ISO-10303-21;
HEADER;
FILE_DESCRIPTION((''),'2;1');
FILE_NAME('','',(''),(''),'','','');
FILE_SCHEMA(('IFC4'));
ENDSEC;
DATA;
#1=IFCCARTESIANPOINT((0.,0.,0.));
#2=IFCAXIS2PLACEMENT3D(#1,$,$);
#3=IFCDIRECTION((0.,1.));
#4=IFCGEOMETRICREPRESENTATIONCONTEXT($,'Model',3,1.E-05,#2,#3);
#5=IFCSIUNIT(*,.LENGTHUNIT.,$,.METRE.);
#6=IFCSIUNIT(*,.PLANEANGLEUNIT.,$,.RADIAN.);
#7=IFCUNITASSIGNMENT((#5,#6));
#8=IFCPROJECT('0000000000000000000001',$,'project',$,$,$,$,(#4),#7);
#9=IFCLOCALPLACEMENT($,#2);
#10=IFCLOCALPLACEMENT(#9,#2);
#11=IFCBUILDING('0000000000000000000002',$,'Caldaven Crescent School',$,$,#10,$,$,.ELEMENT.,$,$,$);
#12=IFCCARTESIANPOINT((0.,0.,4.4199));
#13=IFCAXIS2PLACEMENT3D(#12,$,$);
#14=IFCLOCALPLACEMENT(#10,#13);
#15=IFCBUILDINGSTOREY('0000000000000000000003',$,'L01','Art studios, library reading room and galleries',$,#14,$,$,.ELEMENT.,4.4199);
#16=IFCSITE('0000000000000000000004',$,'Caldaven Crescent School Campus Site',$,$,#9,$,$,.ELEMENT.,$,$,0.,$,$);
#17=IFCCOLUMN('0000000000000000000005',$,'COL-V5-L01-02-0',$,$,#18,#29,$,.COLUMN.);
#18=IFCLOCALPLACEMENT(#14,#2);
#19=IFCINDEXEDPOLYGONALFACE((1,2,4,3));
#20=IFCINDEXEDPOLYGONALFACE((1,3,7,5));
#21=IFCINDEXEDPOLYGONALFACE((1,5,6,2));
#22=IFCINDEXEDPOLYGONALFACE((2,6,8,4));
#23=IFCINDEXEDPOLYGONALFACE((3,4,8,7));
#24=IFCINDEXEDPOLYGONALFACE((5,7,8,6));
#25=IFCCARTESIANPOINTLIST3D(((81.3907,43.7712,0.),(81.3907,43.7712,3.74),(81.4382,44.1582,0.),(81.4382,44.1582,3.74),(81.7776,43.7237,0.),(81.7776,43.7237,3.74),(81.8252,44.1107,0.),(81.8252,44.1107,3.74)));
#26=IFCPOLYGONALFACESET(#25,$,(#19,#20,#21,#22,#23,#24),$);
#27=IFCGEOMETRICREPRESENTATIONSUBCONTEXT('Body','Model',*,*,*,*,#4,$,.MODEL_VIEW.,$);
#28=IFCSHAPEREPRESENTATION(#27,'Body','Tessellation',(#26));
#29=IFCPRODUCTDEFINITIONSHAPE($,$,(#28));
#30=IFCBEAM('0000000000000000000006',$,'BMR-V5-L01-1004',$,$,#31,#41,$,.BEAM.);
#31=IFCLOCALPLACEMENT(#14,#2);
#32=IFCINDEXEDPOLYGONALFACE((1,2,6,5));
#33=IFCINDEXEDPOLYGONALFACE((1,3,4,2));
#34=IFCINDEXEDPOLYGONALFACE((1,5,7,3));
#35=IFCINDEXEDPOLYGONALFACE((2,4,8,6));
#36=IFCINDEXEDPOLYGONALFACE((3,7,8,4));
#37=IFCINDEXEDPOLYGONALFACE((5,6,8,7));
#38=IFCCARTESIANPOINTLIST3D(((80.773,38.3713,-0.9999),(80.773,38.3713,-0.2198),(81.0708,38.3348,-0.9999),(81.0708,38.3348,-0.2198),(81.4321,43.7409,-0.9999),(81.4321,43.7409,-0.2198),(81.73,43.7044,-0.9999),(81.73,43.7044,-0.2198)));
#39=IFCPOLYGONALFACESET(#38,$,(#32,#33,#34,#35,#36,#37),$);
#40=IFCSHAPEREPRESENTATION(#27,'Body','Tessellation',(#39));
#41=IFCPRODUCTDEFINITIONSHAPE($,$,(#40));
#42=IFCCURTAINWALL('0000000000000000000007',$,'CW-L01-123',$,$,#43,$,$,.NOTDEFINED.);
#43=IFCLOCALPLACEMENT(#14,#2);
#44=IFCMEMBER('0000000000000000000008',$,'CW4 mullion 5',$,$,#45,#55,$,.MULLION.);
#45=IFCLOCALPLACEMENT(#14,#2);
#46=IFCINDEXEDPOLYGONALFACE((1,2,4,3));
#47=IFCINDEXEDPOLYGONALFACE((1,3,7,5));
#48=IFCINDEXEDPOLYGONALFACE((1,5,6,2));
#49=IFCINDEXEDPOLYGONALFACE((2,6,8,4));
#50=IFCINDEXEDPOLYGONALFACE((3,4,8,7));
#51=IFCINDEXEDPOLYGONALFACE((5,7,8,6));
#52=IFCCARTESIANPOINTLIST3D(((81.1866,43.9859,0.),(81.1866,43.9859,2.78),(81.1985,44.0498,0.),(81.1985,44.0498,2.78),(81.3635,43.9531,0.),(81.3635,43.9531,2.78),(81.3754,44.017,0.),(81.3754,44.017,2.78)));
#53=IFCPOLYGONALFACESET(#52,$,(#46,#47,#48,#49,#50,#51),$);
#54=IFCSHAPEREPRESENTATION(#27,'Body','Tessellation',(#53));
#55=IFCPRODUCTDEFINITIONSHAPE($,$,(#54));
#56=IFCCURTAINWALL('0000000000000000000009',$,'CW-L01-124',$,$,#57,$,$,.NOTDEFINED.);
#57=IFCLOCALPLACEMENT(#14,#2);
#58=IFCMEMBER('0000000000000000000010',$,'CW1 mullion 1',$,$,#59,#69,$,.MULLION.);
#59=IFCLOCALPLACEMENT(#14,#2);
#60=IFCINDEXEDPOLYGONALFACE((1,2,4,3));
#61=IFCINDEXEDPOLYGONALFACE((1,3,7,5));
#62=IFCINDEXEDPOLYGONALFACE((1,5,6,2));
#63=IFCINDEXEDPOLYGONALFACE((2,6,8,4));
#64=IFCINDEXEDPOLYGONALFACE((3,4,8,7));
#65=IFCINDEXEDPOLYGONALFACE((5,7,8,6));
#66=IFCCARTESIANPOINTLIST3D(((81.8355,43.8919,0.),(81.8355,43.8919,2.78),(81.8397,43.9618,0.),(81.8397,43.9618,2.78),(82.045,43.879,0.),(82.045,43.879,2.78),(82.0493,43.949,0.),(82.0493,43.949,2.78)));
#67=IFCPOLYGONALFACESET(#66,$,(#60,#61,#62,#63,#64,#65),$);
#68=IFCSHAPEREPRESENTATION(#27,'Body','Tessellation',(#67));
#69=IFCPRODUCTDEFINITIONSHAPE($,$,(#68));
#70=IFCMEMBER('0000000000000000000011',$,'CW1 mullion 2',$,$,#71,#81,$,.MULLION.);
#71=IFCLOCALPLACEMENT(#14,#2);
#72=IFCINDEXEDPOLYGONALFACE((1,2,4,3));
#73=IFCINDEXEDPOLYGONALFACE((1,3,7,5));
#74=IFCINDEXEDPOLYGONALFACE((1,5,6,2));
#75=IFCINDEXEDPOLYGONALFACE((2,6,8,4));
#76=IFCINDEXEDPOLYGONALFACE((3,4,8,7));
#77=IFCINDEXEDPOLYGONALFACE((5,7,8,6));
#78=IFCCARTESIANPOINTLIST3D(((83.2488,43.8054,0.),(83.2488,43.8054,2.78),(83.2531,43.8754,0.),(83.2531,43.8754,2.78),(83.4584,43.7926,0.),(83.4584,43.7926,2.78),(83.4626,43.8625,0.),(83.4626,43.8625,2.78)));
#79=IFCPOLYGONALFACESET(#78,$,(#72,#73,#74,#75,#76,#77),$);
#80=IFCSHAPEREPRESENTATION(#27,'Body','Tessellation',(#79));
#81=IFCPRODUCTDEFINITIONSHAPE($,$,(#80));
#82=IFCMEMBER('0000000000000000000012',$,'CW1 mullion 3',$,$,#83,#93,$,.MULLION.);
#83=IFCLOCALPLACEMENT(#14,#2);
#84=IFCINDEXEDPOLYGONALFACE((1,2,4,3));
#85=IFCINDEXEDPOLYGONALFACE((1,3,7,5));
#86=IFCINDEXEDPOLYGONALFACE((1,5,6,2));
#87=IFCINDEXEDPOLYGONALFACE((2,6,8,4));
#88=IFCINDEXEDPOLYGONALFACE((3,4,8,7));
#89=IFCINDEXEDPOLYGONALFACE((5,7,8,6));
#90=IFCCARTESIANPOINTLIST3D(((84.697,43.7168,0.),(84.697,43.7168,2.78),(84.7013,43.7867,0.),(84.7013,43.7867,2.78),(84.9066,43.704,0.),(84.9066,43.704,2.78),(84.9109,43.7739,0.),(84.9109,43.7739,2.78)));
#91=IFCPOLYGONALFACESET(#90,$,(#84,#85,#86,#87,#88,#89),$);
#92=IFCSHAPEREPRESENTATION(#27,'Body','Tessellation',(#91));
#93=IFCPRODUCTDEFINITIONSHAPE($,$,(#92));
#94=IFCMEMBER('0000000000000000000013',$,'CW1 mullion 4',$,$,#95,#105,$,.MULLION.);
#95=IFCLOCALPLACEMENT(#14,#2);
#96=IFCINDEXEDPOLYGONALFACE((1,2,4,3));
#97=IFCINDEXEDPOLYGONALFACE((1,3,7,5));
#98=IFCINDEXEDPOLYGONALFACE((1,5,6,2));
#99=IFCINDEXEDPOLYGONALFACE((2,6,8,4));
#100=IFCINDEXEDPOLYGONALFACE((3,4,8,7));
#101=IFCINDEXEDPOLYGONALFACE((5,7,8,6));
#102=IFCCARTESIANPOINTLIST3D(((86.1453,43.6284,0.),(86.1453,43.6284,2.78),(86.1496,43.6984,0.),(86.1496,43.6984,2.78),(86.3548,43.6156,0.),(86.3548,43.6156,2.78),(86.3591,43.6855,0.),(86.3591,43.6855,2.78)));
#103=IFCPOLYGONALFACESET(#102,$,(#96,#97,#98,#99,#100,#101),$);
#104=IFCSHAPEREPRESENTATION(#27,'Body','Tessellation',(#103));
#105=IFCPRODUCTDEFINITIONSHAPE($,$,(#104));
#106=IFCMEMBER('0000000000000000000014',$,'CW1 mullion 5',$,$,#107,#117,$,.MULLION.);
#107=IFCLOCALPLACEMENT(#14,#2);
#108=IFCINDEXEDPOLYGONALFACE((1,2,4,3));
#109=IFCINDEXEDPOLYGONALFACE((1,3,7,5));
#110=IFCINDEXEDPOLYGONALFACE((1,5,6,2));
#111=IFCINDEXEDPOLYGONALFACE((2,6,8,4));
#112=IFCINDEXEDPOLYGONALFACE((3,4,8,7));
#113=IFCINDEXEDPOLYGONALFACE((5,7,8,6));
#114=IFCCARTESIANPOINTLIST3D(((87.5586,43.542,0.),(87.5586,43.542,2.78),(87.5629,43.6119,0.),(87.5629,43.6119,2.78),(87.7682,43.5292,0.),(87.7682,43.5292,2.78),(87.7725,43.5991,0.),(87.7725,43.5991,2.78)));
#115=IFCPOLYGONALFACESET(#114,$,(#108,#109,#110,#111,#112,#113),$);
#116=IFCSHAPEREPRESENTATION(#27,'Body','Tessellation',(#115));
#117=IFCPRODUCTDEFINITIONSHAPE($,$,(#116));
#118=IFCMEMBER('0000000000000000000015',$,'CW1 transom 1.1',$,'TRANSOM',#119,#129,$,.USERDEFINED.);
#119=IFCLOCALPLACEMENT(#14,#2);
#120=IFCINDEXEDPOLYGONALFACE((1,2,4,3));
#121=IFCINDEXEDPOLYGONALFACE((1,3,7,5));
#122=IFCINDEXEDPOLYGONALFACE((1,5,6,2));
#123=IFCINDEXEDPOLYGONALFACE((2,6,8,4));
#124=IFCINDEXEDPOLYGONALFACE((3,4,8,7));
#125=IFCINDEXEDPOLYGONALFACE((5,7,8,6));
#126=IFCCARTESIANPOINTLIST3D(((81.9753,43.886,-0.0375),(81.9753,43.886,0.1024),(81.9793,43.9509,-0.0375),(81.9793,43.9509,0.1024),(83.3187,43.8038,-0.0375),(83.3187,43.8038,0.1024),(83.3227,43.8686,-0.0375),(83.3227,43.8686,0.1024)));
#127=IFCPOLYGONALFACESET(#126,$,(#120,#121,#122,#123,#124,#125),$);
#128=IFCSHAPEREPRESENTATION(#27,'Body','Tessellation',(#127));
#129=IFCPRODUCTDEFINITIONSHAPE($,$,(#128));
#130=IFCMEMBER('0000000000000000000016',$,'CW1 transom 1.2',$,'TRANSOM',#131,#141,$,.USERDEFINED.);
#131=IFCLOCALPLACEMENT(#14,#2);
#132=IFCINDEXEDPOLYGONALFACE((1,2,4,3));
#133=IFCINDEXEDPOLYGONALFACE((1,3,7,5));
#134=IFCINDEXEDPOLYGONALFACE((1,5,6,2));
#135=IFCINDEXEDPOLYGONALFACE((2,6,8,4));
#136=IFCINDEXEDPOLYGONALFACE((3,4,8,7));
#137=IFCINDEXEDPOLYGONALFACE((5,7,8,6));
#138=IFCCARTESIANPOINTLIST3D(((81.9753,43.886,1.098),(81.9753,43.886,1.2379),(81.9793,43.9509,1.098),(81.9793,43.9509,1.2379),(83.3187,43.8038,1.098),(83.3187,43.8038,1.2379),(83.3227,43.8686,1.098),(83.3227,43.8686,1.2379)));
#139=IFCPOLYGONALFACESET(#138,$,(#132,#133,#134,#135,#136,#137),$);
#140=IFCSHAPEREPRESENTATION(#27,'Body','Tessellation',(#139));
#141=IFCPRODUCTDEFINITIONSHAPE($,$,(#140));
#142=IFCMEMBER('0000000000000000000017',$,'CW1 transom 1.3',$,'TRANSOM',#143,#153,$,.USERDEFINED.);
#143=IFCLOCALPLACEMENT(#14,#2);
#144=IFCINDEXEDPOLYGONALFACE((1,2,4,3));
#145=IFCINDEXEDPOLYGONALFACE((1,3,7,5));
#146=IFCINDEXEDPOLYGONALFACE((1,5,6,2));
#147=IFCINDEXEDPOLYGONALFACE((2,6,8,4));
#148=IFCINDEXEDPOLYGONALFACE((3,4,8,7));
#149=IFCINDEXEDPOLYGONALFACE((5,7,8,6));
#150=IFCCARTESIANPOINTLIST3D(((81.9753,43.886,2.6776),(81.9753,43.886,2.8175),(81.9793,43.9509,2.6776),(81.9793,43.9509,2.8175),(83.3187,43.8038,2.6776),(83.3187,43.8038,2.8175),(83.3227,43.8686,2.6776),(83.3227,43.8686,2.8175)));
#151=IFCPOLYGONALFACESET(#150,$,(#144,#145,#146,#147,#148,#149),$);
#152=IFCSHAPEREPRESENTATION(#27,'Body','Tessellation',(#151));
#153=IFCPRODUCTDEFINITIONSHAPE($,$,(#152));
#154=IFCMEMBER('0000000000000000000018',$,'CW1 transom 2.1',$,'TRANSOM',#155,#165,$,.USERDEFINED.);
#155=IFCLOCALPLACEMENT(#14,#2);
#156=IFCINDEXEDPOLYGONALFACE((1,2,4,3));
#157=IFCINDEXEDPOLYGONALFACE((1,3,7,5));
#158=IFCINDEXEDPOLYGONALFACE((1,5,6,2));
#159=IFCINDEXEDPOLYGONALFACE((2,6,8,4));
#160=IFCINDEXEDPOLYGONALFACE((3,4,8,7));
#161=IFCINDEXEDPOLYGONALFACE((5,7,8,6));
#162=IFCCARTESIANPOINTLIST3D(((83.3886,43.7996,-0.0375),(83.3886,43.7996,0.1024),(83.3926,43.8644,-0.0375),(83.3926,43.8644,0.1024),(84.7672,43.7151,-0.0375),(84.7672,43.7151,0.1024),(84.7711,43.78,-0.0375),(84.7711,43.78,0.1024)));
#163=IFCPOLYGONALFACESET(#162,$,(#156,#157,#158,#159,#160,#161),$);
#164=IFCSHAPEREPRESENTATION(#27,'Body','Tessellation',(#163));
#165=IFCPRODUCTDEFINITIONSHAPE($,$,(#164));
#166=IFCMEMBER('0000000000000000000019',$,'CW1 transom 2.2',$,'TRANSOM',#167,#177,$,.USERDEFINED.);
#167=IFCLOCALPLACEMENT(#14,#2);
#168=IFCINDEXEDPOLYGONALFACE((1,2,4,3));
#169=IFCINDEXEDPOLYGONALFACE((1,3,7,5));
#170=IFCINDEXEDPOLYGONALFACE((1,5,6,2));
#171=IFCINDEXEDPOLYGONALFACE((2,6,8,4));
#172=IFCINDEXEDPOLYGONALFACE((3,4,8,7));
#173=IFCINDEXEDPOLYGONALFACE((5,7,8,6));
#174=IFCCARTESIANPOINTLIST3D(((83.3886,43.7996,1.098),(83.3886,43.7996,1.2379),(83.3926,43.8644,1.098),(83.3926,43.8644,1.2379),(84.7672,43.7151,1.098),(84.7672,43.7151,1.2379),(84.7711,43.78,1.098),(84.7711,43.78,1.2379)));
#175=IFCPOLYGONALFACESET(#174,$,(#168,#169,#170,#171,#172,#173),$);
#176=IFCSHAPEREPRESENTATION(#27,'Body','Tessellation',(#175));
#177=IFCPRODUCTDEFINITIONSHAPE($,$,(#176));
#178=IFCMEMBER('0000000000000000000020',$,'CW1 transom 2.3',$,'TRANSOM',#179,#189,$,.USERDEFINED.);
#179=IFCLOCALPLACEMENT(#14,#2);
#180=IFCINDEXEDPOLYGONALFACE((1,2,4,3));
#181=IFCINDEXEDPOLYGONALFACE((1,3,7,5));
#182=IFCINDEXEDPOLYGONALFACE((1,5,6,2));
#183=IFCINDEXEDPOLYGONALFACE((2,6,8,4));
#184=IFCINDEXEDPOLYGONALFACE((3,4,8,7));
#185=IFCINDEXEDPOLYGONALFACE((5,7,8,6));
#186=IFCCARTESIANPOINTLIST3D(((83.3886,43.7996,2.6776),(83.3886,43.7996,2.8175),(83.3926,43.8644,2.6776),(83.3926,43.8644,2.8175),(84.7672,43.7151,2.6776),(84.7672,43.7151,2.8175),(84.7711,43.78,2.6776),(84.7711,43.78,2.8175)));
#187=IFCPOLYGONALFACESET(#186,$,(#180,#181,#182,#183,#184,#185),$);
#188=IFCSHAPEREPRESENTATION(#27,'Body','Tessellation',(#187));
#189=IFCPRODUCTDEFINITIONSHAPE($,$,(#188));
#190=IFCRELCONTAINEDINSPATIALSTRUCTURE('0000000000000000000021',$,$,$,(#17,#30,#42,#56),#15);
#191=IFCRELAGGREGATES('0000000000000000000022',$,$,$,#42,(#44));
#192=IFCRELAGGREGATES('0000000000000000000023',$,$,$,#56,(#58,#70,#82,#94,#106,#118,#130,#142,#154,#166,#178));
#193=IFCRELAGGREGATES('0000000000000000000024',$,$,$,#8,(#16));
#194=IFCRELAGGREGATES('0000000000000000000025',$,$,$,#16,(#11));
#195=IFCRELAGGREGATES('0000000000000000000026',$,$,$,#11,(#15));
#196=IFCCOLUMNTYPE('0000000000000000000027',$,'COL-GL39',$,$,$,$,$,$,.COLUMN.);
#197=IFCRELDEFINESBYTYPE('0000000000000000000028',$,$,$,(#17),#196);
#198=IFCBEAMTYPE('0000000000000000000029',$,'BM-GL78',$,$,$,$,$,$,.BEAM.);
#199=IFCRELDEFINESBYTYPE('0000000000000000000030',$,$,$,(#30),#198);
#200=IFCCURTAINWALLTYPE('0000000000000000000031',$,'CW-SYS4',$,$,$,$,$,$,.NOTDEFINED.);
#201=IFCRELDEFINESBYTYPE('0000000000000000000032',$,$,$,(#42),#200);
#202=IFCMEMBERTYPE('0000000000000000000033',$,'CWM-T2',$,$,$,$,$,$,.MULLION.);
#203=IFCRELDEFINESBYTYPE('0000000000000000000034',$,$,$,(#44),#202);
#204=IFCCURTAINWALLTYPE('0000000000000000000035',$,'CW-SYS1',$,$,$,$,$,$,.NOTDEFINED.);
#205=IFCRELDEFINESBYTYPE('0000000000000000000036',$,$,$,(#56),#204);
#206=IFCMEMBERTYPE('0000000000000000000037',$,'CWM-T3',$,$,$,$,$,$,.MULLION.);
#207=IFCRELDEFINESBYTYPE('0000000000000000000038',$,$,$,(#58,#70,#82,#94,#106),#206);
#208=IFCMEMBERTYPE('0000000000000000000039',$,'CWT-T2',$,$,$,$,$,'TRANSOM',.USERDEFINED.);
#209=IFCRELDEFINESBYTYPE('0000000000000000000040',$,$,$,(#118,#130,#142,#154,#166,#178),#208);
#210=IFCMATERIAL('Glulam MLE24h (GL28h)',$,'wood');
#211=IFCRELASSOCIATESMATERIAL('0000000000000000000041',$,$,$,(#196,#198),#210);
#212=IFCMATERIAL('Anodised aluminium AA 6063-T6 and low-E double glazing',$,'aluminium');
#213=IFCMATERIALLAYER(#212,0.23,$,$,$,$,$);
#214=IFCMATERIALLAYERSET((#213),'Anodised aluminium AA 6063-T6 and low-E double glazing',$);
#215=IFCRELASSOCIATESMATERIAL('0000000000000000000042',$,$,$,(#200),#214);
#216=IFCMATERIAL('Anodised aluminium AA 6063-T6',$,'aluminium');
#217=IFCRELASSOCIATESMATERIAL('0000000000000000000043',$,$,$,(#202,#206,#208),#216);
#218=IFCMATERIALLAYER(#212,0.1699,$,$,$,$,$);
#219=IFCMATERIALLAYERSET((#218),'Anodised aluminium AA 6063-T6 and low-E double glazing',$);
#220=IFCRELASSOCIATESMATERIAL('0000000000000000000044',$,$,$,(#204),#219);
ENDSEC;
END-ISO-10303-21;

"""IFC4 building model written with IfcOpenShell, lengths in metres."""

from ifc_helpers import new_model, si_unit, direction, frame, origin, origin_2d, place, context, subcontext, project, spatial, rectangle, extrude, material, layer, layer_set, material_profile, profile_set, type_object, element, aggregate, save


model = new_model("IFC4")

# Units and contexts
model_context = context("Model", 3, precision=1e-05, world=origin(), true_north=direction((0.0, 1.0)))
body_context = subcontext(model_context, "Body", "Model", "MODEL_VIEW")
ifc_project = project(units=[si_unit("LENGTHUNIT", "METRE"), si_unit("PLANEANGLEUNIT", "RADIAN")], contexts=[model_context])

# Site, building, storey
site_placement = place(None, origin())
site = spatial("IfcSite", under=ifc_project, at=site_placement, Name="Caldaven Crescent School Campus Site", CompositionType="ELEMENT", RefElevation=0.0)
building_placement = place(site_placement, origin())
building = spatial("IfcBuilding", under=site, at=building_placement, Name="Caldaven Crescent School", CompositionType="ELEMENT")
storey_placement = place(building_placement, frame((0.0, 0.0, 4.4199)))
storey = spatial("IfcBuildingStorey", under=building, at=storey_placement, Name="L01", Description="Art studios, library reading room and galleries", CompositionType="ELEMENT", Elevation=4.4199)

# Column
ifc_material_1 = material(Name="Glulam MLE24h (GL28h)", Category="wood")
ifc_material_profile_1 = material_profile(ifc_material_1, rectangle(XDim=0.3899, YDim=0.3899, at=origin_2d()), Name="MLE 390x390")
ifc_profile_set_1 = profile_set([ifc_material_profile_1], Name="Glulam MLE24h (GL28h)")
column_type = type_object("IfcColumnType", Name="COL-GL39", PredefinedType="COLUMN", material=ifc_profile_set_1)
column_placement = place(storey_placement, frame((81.6079, 43.9409, 0.0), z_axis=(0.0, 0.0, 1.0), x_axis=(-0.121869, -0.992546, 0.0)))
element("IfcColumn", 1, at=column_placement, inside=storey, type_object=column_type, Name="COL-V5-L01-02-0", PredefinedType="COLUMN", context=body_context, shape_type="SweptSolid", body=[
    extrude(rectangle(XDim=0.3899, YDim=0.3899, at=origin_2d()), origin(), (0.0, 0.0, 1.0), 3.74),
])

# Beam
ifc_material_profile_2 = material_profile(ifc_material_1, rectangle(XDim=0.3, YDim=0.78, at=origin_2d()), Name="MLE 300x780")
ifc_profile_set_2 = profile_set([ifc_material_profile_2], Name="Glulam MLE24h (GL28h)")
beam_type_1 = type_object("IfcBeamType", Name="BM-GL78", PredefinedType="BEAM", material=ifc_profile_set_2)
beam_1_placement = place(storey_placement, frame((81.5811, 43.7227, -0.6099), z_axis=(-0.121846, -0.992549, 0.0), x_axis=(0.992549, -0.121846, 0.0)))
element("IfcBeam", 2, at=beam_1_placement, inside=storey, type_object=beam_type_1, Name="BMR-V5-L01-1004", PredefinedType="BEAM", context=body_context, shape_type="SweptSolid", body=[
    extrude(rectangle(XDim=0.3, YDim=0.78, at=origin_2d()), origin(), (0.0, 0.0, 1.0), 5.4099),
])

# Curtain wall, member
ifc_material_2 = material(Name="Anodised aluminium AA 6063-T6 and low-E double glazing", Category="aluminium")
ifc_layer_1 = layer(ifc_material_2, 0.23)
ifc_layer_set_1 = layer_set([ifc_layer_1], Name="Anodised aluminium AA 6063-T6 and low-E double glazing")
curtain_wall_type_1 = type_object("IfcCurtainWallType", Name="CW-SYS4", PredefinedType="NOTDEFINED", material=ifc_layer_set_1)
curtain_wall_1_placement = place(storey_placement, origin())
curtain_wall_1 = element("IfcCurtainWall", 3, at=curtain_wall_1_placement, inside=storey, type_object=curtain_wall_type_1, Name="CW-L01-123", PredefinedType="NOTDEFINED")
ifc_material_3 = material(Name="Anodised aluminium AA 6063-T6", Category="aluminium")
ifc_material_profile_3 = material_profile(ifc_material_3, rectangle(XDim=0.0649, YDim=0.1799, at=origin_2d()), Name="CWM 65x180")
ifc_profile_set_3 = profile_set([ifc_material_profile_3], Name="Anodised aluminium AA 6063-T6")
member_type_1 = type_object("IfcMemberType", Name="CWM-T2", PredefinedType="MULLION", material=ifc_profile_set_3)
member_1_placement = place(storey_placement, frame((81.281, 44.0015, 0.0), z_axis=(0.0, 0.0, 1.0), x_axis=(0.182236, 0.983255, 0.0)))
member_1 = element("IfcMember", 4, at=member_1_placement, type_object=member_type_1, Name="CW4 mullion 5", PredefinedType="MULLION", context=body_context, shape_type="SweptSolid", body=[
    extrude(rectangle(XDim=0.0649, YDim=0.1799, at=origin_2d()), origin(), (0.0, 0.0, 1.0), 2.78),
])
aggregate(curtain_wall_1, [member_1])

# Curtain wall, members
ifc_layer_2 = layer(ifc_material_2, 0.1699)
ifc_layer_set_2 = layer_set([ifc_layer_2], Name="Anodised aluminium AA 6063-T6 and low-E double glazing")
curtain_wall_type_2 = type_object("IfcCurtainWallType", Name="CW-SYS1", PredefinedType="NOTDEFINED", material=ifc_layer_set_2)
curtain_wall_2_placement = place(storey_placement, origin())
curtain_wall_2 = element("IfcCurtainWall", 5, at=curtain_wall_2_placement, inside=storey, type_object=curtain_wall_type_2, Name="CW-L01-124", PredefinedType="NOTDEFINED")
ifc_material_profile_4 = material_profile(ifc_material_3, rectangle(XDim=0.0701, YDim=0.21, at=origin_2d()), Name="CWM 70x210")
ifc_profile_set_4 = profile_set([ifc_material_profile_4], Name="Anodised aluminium AA 6063-T6")
member_type_2 = type_object("IfcMemberType", Name="CWM-T3", PredefinedType="MULLION", material=ifc_profile_set_4)
member_2_placement = place(storey_placement, frame((81.9424, 43.9204, 0.0), z_axis=(0.0, 0.0, 1.0), x_axis=(0.061049, 0.998135, 0.0)))
member_2 = element("IfcMember", 6, at=member_2_placement, type_object=member_type_2, Name="CW1 mullion 1", PredefinedType="MULLION", context=body_context, shape_type="SweptSolid", body=[
    extrude(rectangle(XDim=0.0701, YDim=0.21, at=origin_2d()), origin(), (0.0, 0.0, 1.0), 2.78),
])
member_3_placement = place(storey_placement, frame((83.3557, 43.834, 0.0), z_axis=(0.0, 0.0, 1.0), x_axis=(0.061049, 0.998135, 0.0)))
member_3 = element("IfcMember", 7, at=member_3_placement, type_object=member_type_2, Name="CW1 mullion 2", PredefinedType="MULLION", context=body_context, shape_type="SweptSolid", body=[
    extrude(rectangle(XDim=0.0701, YDim=0.21, at=origin_2d()), origin(), (0.0, 0.0, 1.0), 2.78),
])
member_4_placement = place(storey_placement, frame((84.804, 43.7454, 0.0), z_axis=(0.0, 0.0, 1.0), x_axis=(0.061049, 0.998135, 0.0)))
member_4 = element("IfcMember", 8, at=member_4_placement, type_object=member_type_2, Name="CW1 mullion 3", PredefinedType="MULLION", context=body_context, shape_type="SweptSolid", body=[
    extrude(rectangle(XDim=0.0701, YDim=0.21, at=origin_2d()), origin(), (0.0, 0.0, 1.0), 2.78),
])
member_5_placement = place(storey_placement, frame((86.2522, 43.657, 0.0), z_axis=(0.0, 0.0, 1.0), x_axis=(0.061049, 0.998135, 0.0)))
member_5 = element("IfcMember", 9, at=member_5_placement, type_object=member_type_2, Name="CW1 mullion 4", PredefinedType="MULLION", context=body_context, shape_type="SweptSolid", body=[
    extrude(rectangle(XDim=0.0701, YDim=0.21, at=origin_2d()), origin(), (0.0, 0.0, 1.0), 2.78),
])
member_6_placement = place(storey_placement, frame((87.6655, 43.5706, 0.0), z_axis=(0.0, 0.0, 1.0), x_axis=(0.061049, 0.998135, 0.0)))
member_6 = element("IfcMember", 10, at=member_6_placement, type_object=member_type_2, Name="CW1 mullion 5", PredefinedType="MULLION", context=body_context, shape_type="SweptSolid", body=[
    extrude(rectangle(XDim=0.0701, YDim=0.21, at=origin_2d()), origin(), (0.0, 0.0, 1.0), 2.78),
])
ifc_material_profile_5 = material_profile(ifc_material_3, rectangle(XDim=0.0649, YDim=0.1399, at=origin_2d()), Name="CWT 65x140")
ifc_profile_set_5 = profile_set([ifc_material_profile_5], Name="Anodised aluminium AA 6063-T6")
member_type_3 = type_object("IfcMemberType", Name="CWT-T2", ElementType="TRANSOM", PredefinedType="USERDEFINED", material=ifc_profile_set_5)
member_7_placement = place(storey_placement, frame((81.9773, 43.9185, 0.0325), z_axis=(0.99813, -0.061125, 0.0), x_axis=(0.061125, 0.99813, 0.0)))
member_7 = element("IfcMember", 11, at=member_7_placement, type_object=member_type_3, Name="CW1 transom 1.1", ObjectType="TRANSOM", PredefinedType="USERDEFINED", context=body_context, shape_type="SweptSolid", body=[
    extrude(rectangle(XDim=0.0649, YDim=0.1399, at=origin_2d()), origin(), (0.0, 0.0, 1.0), 1.3459),
])
member_8_placement = place(storey_placement, frame((81.9773, 43.9185, 1.168), z_axis=(0.99813, -0.061125, 0.0), x_axis=(0.061125, 0.99813, 0.0)))
member_8 = element("IfcMember", 12, at=member_8_placement, type_object=member_type_3, Name="CW1 transom 1.2", ObjectType="TRANSOM", PredefinedType="USERDEFINED", context=body_context, shape_type="SweptSolid", body=[
    extrude(rectangle(XDim=0.0649, YDim=0.1399, at=origin_2d()), origin(), (0.0, 0.0, 1.0), 1.3459),
])
member_9_placement = place(storey_placement, frame((81.9773, 43.9185, 2.7476), z_axis=(0.99813, -0.061125, 0.0), x_axis=(0.061125, 0.99813, 0.0)))
member_9 = element("IfcMember", 13, at=member_9_placement, type_object=member_type_3, Name="CW1 transom 1.3", ObjectType="TRANSOM", PredefinedType="USERDEFINED", context=body_context, shape_type="SweptSolid", body=[
    extrude(rectangle(XDim=0.0649, YDim=0.1399, at=origin_2d()), origin(), (0.0, 0.0, 1.0), 1.3459),
])
member_10_placement = place(storey_placement, frame((83.3906, 43.832, 0.0325), z_axis=(0.998128, -0.061168, 0.0), x_axis=(0.061168, 0.998128, 0.0)))
member_10 = element("IfcMember", 14, at=member_10_placement, type_object=member_type_3, Name="CW1 transom 2.1", ObjectType="TRANSOM", PredefinedType="USERDEFINED", context=body_context, shape_type="SweptSolid", body=[
    extrude(rectangle(XDim=0.0649, YDim=0.1399, at=origin_2d()), origin(), (0.0, 0.0, 1.0), 1.3811),
])
member_11_placement = place(storey_placement, frame((83.3906, 43.832, 1.168), z_axis=(0.998128, -0.061168, 0.0), x_axis=(0.061168, 0.998128, 0.0)))
member_11 = element("IfcMember", 15, at=member_11_placement, type_object=member_type_3, Name="CW1 transom 2.2", ObjectType="TRANSOM", PredefinedType="USERDEFINED", context=body_context, shape_type="SweptSolid", body=[
    extrude(rectangle(XDim=0.0649, YDim=0.1399, at=origin_2d()), origin(), (0.0, 0.0, 1.0), 1.3811),
])
member_12_placement = place(storey_placement, frame((83.3906, 43.832, 2.7476), z_axis=(0.998128, -0.061168, 0.0), x_axis=(0.061168, 0.998128, 0.0)))
member_12 = element("IfcMember", 16, at=member_12_placement, type_object=member_type_3, Name="CW1 transom 2.3", ObjectType="TRANSOM", PredefinedType="USERDEFINED", context=body_context, shape_type="SweptSolid", body=[
    extrude(rectangle(XDim=0.0649, YDim=0.1399, at=origin_2d()), origin(), (0.0, 0.0, 1.0), 1.3811),
])

aggregate(curtain_wall_2, [member_2, member_3, member_4, member_5, member_6, member_7, member_8, member_9, member_10, member_11, member_12])

save(model, "model.ifc")
